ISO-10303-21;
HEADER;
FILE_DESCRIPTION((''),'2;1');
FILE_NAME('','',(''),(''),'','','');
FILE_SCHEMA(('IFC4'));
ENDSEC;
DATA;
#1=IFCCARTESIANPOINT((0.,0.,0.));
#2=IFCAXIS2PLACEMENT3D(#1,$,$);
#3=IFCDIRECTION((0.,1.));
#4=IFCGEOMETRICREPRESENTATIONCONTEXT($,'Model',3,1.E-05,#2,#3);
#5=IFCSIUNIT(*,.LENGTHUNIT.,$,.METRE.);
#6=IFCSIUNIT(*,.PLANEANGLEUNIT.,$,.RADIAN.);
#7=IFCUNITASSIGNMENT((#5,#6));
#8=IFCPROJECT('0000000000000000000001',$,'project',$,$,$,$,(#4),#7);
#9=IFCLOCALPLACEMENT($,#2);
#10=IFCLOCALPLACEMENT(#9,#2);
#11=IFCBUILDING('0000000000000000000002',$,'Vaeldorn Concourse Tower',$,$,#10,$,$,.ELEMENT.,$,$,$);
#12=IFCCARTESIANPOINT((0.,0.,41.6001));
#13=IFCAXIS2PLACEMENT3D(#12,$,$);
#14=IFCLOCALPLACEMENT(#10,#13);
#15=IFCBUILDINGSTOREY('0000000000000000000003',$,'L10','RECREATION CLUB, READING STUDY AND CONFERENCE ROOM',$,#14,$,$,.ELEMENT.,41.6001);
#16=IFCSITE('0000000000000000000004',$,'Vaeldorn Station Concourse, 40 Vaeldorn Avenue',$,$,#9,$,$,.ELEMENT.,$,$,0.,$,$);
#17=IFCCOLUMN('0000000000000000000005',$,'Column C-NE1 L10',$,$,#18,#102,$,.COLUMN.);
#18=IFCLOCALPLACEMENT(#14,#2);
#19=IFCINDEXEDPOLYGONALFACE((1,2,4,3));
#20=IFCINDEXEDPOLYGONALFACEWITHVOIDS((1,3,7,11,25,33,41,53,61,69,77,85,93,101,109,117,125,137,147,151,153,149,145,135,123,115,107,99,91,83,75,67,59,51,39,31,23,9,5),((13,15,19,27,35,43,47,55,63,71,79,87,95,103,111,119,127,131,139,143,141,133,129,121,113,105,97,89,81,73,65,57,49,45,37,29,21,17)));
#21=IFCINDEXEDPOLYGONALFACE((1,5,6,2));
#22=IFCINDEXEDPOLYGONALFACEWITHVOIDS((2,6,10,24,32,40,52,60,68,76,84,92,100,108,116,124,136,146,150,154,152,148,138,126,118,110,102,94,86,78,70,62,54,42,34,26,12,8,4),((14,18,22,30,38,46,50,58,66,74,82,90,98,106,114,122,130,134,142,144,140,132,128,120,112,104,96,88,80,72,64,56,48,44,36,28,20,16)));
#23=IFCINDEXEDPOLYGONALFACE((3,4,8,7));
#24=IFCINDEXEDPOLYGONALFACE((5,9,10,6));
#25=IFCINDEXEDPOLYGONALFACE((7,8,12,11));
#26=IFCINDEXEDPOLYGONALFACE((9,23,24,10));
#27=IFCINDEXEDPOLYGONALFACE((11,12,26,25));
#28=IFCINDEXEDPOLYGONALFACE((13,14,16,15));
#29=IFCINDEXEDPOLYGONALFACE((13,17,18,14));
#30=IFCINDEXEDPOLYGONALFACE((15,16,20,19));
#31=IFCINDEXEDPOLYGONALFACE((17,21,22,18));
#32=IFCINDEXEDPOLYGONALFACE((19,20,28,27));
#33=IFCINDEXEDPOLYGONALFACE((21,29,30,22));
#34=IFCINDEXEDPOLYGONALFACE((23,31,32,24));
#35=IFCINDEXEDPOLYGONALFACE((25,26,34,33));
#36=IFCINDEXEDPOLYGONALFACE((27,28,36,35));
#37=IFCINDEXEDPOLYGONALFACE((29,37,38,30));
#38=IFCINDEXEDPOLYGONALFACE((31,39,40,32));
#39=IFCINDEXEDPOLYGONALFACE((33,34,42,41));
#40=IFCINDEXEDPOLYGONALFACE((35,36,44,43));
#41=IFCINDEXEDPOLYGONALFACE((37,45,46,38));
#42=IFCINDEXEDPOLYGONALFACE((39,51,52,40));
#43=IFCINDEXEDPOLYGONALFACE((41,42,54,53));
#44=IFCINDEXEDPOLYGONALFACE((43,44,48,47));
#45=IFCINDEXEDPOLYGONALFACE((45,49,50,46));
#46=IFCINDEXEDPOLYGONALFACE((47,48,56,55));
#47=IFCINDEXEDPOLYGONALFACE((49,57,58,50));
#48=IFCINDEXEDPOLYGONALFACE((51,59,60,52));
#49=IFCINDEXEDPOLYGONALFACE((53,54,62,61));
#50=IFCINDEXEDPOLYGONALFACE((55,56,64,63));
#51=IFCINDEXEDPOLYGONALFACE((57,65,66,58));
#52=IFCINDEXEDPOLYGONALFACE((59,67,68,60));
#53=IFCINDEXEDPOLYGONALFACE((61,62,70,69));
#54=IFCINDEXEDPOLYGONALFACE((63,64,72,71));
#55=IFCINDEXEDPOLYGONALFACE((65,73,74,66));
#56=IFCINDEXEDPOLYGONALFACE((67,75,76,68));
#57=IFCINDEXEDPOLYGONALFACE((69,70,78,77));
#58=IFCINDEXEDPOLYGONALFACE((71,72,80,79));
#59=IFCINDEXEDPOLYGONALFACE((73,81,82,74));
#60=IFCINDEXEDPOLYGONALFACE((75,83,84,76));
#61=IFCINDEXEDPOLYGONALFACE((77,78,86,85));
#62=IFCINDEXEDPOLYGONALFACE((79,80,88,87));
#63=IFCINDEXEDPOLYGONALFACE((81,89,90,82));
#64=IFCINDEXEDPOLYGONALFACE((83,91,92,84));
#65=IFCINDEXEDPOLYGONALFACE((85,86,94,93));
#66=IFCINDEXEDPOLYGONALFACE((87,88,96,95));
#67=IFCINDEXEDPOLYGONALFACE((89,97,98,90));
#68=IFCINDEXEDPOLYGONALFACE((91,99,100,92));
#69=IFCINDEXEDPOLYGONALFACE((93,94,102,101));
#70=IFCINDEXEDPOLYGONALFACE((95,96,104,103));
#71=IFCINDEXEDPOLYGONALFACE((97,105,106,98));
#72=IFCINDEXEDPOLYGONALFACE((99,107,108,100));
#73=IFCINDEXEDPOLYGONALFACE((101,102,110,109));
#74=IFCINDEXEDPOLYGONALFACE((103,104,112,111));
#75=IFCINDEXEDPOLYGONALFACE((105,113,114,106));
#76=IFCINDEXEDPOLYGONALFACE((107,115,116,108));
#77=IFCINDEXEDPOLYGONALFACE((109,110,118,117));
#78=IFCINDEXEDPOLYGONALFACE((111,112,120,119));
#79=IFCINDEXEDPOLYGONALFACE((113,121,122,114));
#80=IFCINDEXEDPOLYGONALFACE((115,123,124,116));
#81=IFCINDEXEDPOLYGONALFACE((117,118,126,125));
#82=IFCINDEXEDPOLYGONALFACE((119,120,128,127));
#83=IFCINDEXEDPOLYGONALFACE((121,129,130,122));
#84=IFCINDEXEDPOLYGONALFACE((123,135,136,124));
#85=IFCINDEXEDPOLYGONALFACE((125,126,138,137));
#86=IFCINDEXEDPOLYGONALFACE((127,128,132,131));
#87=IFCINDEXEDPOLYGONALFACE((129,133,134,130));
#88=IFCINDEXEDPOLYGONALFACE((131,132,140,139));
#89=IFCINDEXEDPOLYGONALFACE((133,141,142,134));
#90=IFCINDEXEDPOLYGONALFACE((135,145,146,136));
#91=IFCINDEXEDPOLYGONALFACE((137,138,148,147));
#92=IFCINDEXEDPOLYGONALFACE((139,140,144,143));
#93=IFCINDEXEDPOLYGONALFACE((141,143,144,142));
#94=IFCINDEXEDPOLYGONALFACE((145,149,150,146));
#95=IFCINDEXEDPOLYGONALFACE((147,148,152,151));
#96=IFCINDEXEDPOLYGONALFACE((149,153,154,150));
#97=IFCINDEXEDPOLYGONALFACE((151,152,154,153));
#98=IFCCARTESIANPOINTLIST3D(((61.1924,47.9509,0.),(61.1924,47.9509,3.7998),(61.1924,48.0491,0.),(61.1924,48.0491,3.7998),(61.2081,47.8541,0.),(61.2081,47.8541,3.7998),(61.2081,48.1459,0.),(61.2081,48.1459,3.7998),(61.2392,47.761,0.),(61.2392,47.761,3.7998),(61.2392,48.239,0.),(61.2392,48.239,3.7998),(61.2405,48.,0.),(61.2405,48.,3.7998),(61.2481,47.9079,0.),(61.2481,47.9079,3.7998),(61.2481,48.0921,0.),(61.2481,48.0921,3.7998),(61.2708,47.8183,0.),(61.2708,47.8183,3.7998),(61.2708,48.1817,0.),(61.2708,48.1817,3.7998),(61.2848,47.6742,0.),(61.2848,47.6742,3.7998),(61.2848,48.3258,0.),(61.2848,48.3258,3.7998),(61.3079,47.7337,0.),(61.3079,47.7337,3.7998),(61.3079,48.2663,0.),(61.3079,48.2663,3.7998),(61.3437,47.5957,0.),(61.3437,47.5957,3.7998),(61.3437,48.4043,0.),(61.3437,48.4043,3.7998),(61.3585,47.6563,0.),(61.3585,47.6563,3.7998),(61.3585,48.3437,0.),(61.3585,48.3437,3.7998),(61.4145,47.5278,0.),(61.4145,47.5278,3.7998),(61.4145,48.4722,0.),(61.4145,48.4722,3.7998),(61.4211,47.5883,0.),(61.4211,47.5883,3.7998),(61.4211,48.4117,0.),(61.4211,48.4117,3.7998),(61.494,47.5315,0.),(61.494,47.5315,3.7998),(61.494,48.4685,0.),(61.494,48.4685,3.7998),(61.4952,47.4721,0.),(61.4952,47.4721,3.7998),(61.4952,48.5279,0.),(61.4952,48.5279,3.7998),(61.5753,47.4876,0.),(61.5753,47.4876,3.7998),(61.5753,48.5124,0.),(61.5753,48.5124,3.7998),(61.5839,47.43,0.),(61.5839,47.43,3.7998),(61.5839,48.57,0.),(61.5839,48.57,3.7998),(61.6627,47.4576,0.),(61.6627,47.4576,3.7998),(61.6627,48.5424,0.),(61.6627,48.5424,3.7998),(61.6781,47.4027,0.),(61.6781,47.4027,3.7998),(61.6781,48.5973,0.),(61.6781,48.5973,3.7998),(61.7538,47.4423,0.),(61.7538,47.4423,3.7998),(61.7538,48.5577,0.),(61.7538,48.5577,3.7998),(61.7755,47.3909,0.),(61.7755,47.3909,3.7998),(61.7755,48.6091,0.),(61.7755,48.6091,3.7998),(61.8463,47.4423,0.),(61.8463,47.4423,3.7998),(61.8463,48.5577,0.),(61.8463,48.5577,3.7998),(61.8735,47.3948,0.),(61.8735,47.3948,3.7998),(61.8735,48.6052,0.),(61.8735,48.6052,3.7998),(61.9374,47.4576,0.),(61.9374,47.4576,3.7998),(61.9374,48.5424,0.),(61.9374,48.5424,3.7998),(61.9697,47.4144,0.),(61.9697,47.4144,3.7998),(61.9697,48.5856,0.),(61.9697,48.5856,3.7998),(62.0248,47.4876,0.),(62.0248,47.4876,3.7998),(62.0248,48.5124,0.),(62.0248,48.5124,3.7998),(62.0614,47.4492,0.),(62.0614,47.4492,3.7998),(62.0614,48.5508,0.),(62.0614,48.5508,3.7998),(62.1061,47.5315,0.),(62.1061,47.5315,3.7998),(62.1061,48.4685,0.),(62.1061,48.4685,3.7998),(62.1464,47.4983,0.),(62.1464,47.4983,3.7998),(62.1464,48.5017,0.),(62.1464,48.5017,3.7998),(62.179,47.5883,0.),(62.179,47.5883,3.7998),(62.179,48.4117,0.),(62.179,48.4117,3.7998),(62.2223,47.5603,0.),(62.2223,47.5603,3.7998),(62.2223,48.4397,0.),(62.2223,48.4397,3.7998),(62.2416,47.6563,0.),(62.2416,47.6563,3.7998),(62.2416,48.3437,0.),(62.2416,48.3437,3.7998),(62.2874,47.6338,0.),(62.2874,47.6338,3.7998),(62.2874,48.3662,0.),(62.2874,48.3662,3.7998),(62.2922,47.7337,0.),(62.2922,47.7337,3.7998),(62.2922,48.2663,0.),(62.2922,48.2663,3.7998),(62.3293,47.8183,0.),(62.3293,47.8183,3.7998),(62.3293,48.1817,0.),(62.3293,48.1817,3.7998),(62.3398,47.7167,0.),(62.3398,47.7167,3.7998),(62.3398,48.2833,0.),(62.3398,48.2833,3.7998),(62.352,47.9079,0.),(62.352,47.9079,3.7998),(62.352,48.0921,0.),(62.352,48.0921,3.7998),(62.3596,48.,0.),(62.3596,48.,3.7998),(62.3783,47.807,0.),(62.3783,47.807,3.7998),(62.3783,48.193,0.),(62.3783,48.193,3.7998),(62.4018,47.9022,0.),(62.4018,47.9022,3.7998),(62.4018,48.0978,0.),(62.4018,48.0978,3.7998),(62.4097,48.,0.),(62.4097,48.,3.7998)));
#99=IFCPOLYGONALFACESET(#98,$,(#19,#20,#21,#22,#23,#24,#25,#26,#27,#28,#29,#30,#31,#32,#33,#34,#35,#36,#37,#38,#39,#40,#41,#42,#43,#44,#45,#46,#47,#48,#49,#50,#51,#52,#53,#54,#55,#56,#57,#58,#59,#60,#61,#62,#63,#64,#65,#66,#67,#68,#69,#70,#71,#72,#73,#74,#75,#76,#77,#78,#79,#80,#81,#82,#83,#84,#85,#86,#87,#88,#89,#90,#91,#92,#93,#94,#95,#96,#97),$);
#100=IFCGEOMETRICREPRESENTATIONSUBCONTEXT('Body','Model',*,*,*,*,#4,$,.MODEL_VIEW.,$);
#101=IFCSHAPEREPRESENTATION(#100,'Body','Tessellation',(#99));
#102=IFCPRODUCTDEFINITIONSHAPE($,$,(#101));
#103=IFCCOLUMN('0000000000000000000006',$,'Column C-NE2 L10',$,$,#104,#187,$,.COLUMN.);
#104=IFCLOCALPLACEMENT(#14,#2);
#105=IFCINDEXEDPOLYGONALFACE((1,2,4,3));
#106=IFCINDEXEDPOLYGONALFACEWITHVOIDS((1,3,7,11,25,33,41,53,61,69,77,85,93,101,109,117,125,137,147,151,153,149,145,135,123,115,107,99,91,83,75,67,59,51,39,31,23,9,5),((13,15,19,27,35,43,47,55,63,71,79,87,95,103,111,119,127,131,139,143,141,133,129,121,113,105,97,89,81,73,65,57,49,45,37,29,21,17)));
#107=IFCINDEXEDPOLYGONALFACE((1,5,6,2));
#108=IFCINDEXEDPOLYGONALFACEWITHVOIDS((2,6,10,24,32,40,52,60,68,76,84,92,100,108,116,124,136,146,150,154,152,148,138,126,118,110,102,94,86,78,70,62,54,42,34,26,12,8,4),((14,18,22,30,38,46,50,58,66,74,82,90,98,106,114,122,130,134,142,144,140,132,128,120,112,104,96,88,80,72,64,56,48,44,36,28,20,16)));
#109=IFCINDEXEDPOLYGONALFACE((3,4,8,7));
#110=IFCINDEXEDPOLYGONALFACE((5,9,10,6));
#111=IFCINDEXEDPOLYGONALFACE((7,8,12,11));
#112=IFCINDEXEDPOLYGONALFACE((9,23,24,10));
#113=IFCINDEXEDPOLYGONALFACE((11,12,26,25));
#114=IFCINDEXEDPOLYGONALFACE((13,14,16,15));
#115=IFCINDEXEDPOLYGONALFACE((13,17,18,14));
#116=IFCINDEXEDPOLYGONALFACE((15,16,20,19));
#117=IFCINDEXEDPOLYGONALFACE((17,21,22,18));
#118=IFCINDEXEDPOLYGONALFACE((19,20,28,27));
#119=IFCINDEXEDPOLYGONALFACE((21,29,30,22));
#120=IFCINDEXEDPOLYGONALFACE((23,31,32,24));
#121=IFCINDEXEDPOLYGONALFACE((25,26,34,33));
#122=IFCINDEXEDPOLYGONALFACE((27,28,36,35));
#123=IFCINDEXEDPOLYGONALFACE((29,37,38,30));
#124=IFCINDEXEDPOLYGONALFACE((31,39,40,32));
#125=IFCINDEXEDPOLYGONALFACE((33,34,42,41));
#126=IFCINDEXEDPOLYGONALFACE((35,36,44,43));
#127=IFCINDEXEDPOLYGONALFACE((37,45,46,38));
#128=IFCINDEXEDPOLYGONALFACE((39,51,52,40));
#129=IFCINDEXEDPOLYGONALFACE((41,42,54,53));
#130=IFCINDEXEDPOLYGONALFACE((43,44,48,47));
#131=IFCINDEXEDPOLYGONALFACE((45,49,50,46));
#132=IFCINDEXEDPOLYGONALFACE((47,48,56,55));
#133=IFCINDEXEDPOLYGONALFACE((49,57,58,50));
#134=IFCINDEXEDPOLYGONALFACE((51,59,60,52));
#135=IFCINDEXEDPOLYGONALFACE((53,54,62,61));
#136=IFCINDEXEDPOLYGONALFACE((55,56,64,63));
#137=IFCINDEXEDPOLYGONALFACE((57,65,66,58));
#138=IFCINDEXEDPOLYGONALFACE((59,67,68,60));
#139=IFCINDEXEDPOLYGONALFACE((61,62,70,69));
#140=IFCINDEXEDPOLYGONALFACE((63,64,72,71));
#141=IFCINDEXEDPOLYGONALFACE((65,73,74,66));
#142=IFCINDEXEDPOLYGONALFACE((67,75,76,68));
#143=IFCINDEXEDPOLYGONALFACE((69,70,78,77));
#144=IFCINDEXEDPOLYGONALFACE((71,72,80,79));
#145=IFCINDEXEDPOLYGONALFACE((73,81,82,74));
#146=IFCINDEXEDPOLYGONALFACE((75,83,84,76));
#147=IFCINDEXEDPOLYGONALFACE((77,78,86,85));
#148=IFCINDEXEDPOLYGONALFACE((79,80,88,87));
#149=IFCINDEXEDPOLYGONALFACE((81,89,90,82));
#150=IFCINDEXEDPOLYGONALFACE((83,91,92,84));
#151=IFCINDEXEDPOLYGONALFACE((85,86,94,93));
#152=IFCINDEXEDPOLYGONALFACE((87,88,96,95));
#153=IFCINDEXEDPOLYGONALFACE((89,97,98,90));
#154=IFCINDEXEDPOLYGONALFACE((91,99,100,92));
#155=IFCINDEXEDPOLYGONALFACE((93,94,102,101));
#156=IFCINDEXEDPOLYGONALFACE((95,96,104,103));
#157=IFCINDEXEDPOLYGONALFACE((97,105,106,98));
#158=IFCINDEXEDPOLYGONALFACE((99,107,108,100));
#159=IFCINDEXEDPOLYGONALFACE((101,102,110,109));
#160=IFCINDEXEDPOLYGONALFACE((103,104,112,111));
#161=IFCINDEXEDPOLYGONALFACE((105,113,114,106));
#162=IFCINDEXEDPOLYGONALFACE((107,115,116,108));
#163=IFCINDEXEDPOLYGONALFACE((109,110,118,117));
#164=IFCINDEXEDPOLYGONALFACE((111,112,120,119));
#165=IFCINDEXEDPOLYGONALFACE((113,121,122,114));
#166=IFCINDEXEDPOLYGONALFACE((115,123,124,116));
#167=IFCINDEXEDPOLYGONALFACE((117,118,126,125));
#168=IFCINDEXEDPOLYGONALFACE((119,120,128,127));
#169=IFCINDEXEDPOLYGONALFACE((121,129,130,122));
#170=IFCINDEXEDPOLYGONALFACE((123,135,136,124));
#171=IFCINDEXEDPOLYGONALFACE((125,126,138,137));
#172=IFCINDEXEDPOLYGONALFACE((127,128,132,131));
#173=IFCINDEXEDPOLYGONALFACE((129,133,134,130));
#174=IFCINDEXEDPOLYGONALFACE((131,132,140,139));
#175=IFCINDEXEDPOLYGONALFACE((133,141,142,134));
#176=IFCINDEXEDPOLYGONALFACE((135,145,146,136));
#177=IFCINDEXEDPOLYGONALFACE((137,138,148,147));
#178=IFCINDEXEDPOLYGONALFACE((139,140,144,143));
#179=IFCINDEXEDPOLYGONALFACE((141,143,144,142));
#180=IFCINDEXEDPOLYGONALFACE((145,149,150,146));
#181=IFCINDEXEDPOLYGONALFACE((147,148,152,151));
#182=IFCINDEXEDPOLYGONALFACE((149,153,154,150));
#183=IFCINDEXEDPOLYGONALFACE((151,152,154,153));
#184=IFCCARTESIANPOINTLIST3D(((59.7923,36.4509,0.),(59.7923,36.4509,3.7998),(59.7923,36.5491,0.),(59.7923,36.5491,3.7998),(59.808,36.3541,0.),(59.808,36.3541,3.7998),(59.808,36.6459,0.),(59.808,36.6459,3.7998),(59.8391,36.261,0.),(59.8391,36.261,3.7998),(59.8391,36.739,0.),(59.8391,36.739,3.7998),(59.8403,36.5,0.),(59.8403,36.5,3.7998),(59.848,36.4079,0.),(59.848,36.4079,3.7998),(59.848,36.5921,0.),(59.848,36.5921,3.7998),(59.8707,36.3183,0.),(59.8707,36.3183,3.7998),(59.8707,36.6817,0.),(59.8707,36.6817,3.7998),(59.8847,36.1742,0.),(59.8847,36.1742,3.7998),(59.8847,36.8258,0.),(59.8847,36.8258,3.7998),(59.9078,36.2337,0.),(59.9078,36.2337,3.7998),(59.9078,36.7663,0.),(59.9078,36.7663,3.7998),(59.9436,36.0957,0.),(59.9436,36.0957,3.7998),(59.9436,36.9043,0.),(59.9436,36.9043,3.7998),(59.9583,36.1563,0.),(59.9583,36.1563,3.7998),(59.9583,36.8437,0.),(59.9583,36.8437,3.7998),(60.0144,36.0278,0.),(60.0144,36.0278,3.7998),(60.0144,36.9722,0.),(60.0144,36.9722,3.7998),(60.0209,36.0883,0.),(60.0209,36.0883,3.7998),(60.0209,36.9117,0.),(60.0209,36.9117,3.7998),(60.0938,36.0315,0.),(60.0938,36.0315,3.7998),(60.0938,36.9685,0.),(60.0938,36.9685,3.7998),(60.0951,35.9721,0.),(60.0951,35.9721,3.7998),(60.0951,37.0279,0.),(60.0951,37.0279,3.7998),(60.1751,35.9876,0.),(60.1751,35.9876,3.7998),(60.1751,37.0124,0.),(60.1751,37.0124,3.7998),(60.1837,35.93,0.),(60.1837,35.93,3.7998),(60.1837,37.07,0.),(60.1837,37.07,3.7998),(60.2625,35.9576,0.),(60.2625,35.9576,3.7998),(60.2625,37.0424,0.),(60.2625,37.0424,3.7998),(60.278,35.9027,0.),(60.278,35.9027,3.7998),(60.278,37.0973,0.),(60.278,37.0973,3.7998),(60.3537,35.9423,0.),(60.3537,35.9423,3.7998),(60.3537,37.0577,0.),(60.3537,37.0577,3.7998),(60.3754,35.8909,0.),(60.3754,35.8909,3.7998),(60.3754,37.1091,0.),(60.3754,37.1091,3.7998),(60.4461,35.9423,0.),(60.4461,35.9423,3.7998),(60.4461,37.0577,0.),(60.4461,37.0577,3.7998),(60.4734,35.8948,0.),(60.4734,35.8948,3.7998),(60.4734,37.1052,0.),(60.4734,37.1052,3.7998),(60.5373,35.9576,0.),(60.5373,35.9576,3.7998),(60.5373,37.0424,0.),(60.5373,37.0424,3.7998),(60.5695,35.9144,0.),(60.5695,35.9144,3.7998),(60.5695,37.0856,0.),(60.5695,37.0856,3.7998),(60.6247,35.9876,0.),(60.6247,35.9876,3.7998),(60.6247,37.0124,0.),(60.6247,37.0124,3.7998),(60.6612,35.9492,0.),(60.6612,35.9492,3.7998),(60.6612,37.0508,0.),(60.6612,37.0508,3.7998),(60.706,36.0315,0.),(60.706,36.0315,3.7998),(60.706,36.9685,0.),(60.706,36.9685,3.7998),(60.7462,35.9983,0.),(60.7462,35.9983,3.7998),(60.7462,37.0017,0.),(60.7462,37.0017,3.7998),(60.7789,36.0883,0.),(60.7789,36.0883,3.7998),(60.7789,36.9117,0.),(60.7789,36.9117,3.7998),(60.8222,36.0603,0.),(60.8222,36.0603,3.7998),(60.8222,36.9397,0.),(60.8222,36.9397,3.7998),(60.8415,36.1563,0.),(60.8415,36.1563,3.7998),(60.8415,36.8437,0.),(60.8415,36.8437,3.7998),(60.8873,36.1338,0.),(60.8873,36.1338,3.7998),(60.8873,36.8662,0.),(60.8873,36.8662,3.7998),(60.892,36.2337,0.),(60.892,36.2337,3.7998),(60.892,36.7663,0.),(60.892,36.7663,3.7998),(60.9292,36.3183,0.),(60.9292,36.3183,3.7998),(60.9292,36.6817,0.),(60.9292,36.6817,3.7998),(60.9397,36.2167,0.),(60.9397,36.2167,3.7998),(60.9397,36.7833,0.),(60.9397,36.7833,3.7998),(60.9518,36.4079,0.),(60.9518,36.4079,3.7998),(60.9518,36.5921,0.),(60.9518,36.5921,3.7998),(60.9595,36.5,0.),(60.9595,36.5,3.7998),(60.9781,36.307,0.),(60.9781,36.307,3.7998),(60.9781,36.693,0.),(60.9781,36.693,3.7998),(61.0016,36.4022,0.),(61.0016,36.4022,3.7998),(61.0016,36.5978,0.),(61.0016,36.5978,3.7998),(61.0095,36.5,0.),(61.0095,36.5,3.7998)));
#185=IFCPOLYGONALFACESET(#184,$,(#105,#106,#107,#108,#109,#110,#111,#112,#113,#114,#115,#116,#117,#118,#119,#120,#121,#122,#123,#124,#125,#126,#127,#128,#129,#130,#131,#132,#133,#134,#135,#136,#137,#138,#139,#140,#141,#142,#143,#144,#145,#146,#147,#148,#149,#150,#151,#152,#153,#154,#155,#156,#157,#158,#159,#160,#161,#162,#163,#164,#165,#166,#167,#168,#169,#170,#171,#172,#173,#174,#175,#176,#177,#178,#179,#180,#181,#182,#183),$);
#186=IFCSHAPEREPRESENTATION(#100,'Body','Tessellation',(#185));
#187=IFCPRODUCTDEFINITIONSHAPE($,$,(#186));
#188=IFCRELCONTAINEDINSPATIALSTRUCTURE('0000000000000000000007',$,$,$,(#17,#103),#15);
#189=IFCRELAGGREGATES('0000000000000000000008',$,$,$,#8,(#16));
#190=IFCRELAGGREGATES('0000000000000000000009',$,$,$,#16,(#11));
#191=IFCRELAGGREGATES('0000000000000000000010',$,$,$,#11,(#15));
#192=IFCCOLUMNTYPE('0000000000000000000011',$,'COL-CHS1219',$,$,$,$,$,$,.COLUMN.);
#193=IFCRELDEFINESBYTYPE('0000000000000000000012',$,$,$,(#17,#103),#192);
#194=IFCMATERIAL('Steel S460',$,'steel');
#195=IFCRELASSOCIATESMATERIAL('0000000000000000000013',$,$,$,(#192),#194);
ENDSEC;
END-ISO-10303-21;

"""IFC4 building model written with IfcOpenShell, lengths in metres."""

from ifc_helpers import new_model, si_unit, direction, frame, origin, origin_2d, place, context, subcontext, project, spatial, hollow_circle, extrude, source, transform, mapped, material, material_profile, profile_set, type_object, element, save


model = new_model("IFC4")

# Units and contexts
model_context = context("Model", 3, precision=1e-05, world=origin(), true_north=direction((0.0, 1.0)))
body_context = subcontext(model_context, "Body", "Model", "MODEL_VIEW")
ifc_project = project(units=[si_unit("LENGTHUNIT", "METRE"), si_unit("PLANEANGLEUNIT", "RADIAN")], contexts=[model_context])

# Site, building, storey
site_placement = place(None, origin())
site = spatial("IfcSite", under=ifc_project, at=site_placement, Name="Vaeldorn Station Concourse, 40 Vaeldorn Avenue", CompositionType="ELEMENT", RefElevation=0.0)
building_placement = place(site_placement, origin())
building = spatial("IfcBuilding", under=site, at=building_placement, Name="Vaeldorn Concourse Tower", CompositionType="ELEMENT")
storey_placement = place(building_placement, frame((0.0, 0.0, 41.6001)))
storey = spatial("IfcBuildingStorey", under=building, at=storey_placement, Name="L10", Description="RECREATION CLUB, READING STUDY AND CONFERENCE ROOM", CompositionType="ELEMENT", Elevation=41.6001)

# Columns
ifc_material_1 = material(Name="Steel S460", Category="steel")
ifc_material_profile_1 = material_profile(ifc_material_1, hollow_circle(Radius=0.6096, WallThickness=0.05, at=origin_2d()), Name="CHS 1219x50")
ifc_profile_set_1 = profile_set([ifc_material_profile_1], Name="Steel S460")
column_type = type_object("IfcColumnType", Name="COL-CHS1219", PredefinedType="COLUMN", material=ifc_profile_set_1)
shared_shape_1 = source(origin(), body_context, "Body", "SweptSolid", [
    extrude(hollow_circle(Radius=0.6096, WallThickness=0.05, at=origin_2d()), origin(), (0.0, 0.0, 1.0), 3.7998),
])
for number, where, z_axis, x_axis, name in (
    (1, (61.8, 48.0, 0.0), (0.0, 0.0, 1.0), (1.0, 0.0, 0.0), "Column C-NE1 L10"),
    (2, (60.3999, 36.5, 0.0), (0.0, 0.0, 1.0), (1.0, 0.0, 0.0), "Column C-NE2 L10"),
):
    element("IfcColumn", number, at=place(storey_placement, frame(where, z_axis=z_axis, x_axis=x_axis)), inside=storey, type_object=column_type, Name=name, PredefinedType="COLUMN", context=body_context, shape_type="MappedRepresentation", body=[
        mapped(shared_shape_1, transform((0.0, 0.0, 0.0), scale=1.0)),
    ])

save(model, "model.ifc")
